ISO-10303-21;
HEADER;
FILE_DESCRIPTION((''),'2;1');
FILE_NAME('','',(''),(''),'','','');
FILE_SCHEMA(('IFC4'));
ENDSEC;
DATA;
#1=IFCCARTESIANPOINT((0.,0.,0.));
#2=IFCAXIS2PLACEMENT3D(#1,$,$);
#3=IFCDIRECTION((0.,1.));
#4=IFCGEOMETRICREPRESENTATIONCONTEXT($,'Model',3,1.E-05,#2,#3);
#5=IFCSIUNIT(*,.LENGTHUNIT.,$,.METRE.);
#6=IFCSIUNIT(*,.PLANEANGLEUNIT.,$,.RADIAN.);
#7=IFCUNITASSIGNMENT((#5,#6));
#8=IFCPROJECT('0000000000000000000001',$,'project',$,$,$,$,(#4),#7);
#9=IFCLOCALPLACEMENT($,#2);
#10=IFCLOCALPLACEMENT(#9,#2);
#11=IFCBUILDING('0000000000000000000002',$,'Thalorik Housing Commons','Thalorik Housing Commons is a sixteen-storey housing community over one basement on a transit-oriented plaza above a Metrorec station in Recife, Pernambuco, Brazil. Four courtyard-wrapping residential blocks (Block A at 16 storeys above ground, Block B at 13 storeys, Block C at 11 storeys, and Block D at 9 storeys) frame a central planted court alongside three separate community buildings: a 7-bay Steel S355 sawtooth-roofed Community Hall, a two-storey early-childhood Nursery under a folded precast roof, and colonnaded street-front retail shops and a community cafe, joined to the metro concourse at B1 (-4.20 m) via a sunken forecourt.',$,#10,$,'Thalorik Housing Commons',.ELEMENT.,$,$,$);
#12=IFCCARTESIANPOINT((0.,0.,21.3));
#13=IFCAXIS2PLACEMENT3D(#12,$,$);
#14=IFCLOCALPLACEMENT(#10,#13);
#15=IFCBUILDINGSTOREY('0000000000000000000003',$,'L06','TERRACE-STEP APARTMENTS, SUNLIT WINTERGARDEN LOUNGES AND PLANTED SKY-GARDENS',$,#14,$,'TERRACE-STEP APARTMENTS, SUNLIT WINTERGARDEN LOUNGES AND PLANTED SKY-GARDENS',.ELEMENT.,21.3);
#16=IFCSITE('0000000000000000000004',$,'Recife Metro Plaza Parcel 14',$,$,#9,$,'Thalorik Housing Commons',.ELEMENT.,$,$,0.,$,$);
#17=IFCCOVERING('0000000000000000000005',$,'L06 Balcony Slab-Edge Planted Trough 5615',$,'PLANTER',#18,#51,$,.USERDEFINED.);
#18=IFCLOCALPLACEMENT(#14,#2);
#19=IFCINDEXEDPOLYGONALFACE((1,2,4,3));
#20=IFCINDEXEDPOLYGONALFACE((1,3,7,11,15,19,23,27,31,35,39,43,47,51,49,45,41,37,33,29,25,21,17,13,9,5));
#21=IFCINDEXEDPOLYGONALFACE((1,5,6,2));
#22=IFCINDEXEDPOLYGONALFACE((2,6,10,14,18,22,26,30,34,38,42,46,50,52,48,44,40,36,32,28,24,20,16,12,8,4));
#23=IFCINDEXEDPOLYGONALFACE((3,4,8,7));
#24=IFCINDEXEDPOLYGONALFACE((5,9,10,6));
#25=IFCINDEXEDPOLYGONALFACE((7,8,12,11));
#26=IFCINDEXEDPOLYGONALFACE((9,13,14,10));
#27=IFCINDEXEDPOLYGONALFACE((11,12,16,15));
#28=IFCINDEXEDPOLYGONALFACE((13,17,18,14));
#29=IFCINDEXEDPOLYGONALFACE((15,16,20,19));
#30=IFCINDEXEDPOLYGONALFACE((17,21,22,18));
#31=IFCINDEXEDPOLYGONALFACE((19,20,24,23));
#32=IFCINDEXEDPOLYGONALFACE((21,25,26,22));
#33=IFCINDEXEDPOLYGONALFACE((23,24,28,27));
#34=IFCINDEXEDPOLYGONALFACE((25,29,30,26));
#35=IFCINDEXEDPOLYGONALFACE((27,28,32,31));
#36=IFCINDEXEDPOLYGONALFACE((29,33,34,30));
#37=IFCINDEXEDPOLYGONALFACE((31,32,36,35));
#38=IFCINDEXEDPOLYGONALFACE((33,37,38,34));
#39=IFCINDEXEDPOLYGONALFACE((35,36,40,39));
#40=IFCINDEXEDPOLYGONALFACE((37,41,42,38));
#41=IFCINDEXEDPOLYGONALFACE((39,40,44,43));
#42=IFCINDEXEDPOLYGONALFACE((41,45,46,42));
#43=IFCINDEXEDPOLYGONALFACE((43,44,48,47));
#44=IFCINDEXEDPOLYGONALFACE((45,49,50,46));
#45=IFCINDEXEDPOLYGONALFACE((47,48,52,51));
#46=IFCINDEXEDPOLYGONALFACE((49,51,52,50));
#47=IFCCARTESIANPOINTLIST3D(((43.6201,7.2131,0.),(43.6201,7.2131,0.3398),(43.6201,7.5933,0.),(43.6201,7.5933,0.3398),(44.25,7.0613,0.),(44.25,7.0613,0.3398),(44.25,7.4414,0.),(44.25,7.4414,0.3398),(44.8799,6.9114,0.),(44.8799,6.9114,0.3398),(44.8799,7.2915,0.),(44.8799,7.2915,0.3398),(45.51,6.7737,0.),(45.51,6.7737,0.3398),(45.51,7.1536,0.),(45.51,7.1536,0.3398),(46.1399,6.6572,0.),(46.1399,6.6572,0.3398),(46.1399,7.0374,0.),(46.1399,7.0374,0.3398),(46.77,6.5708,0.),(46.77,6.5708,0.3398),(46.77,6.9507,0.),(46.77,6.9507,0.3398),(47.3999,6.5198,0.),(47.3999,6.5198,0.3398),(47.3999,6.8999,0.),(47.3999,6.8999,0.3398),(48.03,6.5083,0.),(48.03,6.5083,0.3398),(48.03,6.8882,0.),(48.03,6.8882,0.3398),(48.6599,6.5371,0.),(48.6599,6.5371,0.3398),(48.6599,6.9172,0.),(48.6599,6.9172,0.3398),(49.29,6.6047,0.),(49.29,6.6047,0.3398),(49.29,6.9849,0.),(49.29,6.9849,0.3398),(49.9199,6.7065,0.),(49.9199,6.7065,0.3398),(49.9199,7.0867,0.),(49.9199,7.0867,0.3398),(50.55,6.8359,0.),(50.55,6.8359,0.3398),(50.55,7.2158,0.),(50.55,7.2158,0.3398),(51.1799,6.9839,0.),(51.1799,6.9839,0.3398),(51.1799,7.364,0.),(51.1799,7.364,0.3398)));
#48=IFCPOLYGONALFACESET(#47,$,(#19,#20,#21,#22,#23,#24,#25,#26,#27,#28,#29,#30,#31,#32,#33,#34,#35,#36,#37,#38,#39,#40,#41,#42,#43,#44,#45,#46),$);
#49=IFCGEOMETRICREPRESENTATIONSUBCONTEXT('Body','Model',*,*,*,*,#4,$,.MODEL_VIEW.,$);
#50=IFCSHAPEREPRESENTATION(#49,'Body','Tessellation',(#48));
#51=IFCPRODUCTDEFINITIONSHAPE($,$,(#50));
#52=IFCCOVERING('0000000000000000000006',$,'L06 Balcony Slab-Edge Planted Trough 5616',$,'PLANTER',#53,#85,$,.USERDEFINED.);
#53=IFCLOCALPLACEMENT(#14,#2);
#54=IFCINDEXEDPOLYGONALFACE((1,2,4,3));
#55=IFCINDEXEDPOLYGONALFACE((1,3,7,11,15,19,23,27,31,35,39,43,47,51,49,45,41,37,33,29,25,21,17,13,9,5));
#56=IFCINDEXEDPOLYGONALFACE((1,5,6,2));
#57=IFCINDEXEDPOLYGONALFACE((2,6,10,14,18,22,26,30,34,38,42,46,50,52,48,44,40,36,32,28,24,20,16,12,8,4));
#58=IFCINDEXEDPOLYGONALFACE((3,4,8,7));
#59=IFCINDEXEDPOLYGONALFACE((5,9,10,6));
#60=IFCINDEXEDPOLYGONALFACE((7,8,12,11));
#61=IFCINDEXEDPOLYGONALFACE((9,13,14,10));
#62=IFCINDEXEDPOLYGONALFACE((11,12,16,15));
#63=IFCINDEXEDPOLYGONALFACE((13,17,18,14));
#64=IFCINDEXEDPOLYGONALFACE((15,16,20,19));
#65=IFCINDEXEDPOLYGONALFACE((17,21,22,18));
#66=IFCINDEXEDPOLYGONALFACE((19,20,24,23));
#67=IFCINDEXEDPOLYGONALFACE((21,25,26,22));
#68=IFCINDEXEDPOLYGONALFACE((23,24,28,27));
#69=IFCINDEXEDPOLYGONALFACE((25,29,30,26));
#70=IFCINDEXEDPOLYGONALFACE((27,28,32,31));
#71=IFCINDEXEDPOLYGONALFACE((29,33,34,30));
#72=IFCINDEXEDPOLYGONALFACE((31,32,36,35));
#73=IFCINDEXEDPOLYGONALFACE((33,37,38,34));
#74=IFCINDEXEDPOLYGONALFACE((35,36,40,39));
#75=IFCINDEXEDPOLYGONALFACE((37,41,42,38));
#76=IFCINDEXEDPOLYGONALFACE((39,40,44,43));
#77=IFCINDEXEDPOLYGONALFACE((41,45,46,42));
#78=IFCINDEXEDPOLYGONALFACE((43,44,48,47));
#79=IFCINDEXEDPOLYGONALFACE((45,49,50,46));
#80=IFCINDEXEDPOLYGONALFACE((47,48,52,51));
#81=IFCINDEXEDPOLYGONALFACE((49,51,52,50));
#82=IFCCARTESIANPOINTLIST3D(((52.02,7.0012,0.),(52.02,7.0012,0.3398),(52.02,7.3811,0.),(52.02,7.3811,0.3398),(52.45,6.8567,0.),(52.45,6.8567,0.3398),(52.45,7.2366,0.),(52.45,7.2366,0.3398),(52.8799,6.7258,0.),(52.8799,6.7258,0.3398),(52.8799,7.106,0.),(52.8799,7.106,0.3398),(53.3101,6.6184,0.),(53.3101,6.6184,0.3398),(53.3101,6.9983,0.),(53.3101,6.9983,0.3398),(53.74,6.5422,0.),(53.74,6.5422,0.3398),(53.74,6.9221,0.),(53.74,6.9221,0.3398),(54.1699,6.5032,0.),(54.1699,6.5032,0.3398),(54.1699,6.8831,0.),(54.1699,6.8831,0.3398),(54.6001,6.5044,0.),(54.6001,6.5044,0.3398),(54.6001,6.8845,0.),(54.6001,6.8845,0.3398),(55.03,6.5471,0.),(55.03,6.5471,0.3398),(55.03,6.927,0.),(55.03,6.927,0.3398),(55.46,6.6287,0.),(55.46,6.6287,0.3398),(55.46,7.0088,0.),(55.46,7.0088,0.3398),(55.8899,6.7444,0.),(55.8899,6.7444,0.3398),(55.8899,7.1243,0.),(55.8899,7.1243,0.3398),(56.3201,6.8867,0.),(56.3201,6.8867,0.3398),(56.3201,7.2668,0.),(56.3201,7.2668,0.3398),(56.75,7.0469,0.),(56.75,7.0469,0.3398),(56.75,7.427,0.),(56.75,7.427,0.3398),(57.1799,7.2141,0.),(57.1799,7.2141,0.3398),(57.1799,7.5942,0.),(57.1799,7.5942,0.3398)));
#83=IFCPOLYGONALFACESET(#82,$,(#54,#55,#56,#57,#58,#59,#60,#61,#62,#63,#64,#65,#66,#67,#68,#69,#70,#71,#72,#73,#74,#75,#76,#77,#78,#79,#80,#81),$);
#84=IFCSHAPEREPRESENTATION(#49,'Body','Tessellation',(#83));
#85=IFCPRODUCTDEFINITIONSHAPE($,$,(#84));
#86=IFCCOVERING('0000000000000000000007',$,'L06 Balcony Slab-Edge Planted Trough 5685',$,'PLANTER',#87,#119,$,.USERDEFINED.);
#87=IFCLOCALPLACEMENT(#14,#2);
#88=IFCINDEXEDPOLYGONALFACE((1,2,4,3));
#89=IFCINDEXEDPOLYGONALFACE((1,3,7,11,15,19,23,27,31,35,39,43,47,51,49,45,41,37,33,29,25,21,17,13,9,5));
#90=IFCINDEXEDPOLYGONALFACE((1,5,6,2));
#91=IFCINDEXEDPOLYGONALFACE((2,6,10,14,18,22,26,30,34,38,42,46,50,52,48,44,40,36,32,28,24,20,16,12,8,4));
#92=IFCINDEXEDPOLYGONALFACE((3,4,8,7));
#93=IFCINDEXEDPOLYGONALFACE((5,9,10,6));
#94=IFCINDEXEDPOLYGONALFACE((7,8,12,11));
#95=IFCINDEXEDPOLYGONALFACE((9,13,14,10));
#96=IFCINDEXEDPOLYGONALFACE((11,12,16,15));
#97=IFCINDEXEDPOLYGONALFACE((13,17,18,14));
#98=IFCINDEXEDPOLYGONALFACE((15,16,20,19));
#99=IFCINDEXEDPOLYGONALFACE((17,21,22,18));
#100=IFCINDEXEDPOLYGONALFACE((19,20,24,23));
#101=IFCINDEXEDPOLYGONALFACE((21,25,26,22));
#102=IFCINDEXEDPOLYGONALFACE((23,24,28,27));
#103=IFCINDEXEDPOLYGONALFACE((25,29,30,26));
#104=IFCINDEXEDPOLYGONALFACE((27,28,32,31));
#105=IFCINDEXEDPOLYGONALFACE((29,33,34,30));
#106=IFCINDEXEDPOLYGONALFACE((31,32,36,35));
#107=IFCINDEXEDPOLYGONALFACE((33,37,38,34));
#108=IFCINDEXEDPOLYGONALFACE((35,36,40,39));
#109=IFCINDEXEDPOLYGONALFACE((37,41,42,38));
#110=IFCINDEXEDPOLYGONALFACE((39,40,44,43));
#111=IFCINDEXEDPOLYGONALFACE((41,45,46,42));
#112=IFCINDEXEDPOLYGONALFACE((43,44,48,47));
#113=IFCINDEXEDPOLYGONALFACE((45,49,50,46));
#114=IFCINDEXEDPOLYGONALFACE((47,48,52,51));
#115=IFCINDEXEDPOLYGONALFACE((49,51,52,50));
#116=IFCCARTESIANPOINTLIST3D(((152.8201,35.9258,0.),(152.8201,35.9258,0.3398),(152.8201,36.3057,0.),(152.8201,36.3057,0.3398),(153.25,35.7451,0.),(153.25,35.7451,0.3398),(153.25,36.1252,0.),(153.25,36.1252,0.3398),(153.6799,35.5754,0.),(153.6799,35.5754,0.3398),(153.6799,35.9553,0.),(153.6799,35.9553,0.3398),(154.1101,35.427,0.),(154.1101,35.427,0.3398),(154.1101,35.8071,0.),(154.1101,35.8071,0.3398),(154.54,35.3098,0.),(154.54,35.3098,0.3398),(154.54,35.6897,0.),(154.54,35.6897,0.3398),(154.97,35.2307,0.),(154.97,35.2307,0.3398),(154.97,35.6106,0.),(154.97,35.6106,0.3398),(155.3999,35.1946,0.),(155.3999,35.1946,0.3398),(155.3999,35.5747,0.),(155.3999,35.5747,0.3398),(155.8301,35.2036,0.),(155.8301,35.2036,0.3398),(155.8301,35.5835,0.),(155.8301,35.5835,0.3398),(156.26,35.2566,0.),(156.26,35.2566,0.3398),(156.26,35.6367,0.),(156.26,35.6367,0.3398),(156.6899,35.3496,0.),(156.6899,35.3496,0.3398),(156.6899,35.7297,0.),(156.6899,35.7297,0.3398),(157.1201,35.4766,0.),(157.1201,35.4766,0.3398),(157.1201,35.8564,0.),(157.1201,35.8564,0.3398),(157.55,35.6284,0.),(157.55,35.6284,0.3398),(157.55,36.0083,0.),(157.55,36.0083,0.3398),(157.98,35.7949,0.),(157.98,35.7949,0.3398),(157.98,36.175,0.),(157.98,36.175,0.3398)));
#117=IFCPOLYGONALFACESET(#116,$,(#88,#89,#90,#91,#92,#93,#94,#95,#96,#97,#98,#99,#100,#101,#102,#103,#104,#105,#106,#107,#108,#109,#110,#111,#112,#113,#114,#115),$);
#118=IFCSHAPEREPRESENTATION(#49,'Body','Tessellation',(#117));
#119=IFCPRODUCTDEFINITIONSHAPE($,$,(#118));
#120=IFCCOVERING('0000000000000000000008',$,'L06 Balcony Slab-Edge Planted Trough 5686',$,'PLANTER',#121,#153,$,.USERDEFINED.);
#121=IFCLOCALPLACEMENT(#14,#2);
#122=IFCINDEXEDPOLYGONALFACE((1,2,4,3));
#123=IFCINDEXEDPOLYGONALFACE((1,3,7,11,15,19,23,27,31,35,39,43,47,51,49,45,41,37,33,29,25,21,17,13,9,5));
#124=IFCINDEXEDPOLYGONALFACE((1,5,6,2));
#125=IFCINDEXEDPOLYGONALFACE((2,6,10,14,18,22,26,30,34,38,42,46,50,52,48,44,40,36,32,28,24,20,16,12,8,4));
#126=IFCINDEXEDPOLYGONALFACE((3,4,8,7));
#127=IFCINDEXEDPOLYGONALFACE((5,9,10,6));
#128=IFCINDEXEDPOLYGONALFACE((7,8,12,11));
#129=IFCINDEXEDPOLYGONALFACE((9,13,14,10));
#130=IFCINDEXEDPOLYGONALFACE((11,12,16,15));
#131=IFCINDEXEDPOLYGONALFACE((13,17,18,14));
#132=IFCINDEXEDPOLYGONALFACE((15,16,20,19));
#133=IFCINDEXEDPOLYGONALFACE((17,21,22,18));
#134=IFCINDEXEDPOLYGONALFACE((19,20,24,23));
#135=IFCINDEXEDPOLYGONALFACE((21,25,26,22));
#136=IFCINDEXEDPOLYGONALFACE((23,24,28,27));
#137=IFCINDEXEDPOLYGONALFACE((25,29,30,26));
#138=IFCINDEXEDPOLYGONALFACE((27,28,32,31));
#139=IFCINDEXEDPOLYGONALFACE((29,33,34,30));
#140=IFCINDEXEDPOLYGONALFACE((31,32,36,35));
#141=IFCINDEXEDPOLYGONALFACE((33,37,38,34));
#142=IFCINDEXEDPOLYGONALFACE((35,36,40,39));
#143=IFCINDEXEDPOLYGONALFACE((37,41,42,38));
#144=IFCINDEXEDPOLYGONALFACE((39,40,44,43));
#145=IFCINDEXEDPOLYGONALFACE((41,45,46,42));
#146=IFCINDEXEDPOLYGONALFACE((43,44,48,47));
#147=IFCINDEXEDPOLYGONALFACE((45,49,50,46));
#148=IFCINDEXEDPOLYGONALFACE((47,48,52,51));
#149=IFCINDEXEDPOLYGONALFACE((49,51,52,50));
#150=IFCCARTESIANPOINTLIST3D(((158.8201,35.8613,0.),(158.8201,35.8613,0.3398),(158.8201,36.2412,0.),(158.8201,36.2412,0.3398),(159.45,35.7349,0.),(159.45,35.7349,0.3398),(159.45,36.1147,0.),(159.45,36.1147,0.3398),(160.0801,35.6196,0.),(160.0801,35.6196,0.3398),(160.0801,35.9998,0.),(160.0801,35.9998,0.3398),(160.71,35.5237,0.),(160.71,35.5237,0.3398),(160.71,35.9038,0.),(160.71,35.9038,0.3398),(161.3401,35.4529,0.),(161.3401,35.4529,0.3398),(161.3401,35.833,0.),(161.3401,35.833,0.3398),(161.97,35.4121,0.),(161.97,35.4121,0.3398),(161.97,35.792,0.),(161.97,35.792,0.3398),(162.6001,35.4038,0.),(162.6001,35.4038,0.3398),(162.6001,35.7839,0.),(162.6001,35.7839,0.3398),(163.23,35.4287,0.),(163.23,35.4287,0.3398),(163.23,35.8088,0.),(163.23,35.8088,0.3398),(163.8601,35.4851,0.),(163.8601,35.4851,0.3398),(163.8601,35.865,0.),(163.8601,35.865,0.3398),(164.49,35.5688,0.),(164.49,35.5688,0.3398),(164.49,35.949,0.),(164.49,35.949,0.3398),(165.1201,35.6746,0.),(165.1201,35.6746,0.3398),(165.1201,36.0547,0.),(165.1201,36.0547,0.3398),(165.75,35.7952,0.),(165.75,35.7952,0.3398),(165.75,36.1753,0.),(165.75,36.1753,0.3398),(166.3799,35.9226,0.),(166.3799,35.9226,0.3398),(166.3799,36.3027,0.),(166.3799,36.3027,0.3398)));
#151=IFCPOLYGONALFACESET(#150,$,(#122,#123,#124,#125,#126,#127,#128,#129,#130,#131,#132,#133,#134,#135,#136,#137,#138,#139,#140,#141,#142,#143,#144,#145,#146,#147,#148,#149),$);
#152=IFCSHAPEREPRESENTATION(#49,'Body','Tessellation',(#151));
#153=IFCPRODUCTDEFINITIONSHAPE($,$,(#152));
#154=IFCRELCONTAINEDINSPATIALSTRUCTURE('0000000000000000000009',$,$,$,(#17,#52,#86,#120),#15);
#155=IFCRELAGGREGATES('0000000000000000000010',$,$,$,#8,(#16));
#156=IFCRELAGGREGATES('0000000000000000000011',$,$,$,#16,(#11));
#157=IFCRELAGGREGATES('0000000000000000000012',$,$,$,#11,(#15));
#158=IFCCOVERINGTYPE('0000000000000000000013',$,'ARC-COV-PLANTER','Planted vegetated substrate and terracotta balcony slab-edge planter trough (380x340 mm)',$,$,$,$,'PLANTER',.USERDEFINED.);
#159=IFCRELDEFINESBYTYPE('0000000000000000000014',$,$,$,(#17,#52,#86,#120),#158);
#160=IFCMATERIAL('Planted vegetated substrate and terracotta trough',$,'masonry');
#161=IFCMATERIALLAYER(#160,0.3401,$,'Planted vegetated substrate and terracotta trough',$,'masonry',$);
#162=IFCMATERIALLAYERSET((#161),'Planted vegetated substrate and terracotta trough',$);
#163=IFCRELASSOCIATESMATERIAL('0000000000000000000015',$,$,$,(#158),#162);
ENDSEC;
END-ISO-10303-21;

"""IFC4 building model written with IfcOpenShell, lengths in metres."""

from ifc_helpers import new_model, si_unit, direction, frame, origin, place, context, subcontext, project, spatial, polyline, outline, extrude, material, layer, layer_set, type_object, element, save


model = new_model("IFC4")

# Units and contexts
model_context = context("Model", 3, precision=1e-05, world=origin(), true_north=direction((0.0, 1.0)))
body_context = subcontext(model_context, "Body", "Model", "MODEL_VIEW")
ifc_project = project(units=[si_unit("LENGTHUNIT", "METRE"), si_unit("PLANEANGLEUNIT", "RADIAN")], contexts=[model_context])

# Site, building, storey
site_placement = place(None, origin())
site = spatial("IfcSite", under=ifc_project, at=site_placement, Name="Recife Metro Plaza Parcel 14", LongName="Thalorik Housing Commons", CompositionType="ELEMENT", RefElevation=0.0)
building_placement = place(site_placement, origin())
building = spatial("IfcBuilding", under=site, at=building_placement, Name="Thalorik Housing Commons", Description="Thalorik Housing Commons is a sixteen-storey housing community over one basement on a transit-oriented plaza above a Metrorec station in Recife, Pernambuco, Brazil. Four courtyard-wrapping residential blocks (Block A at 16 storeys above ground, Block B at 13 storeys, Block C at 11 storeys, and Block D at 9 storeys) frame a central planted court alongside three separate community buildings: a 7-bay Steel S355 sawtooth-roofed Community Hall, a two-storey early-childhood Nursery under a folded precast roof, and colonnaded street-front retail shops and a community cafe, joined to the metro concourse at B1 (-4.20 m) via a sunken forecourt.", LongName="Thalorik Housing Commons", CompositionType="ELEMENT")
storey_placement = place(building_placement, frame((0.0, 0.0, 21.3)))
storey = spatial("IfcBuildingStorey", under=building, at=storey_placement, Name="L06", Description="TERRACE-STEP APARTMENTS, SUNLIT WINTERGARDEN LOUNGES AND PLANTED SKY-GARDENS", LongName="TERRACE-STEP APARTMENTS, SUNLIT WINTERGARDEN LOUNGES AND PLANTED SKY-GARDENS", CompositionType="ELEMENT", Elevation=21.3)

# Coverings
ifc_material_1 = material(Name="Planted vegetated substrate and terracotta trough", Category="masonry")
ifc_layer_1 = layer(ifc_material_1, 0.3401, Name="Planted vegetated substrate and terracotta trough", Category="masonry")
ifc_layer_set_1 = layer_set([ifc_layer_1], Name="Planted vegetated substrate and terracotta trough")
covering_type_1 = type_object("IfcCoveringType", Name="ARC-COV-PLANTER", Description="Planted vegetated substrate and terracotta balcony slab-edge planter trough (380x340 mm)", ElementType="PLANTER", PredefinedType="USERDEFINED", material=ifc_layer_set_1)
covering_1_placement = place(storey_placement, origin())
element("IfcCovering", 1, at=covering_1_placement, inside=storey, type_object=covering_type_1, Name="L06 Balcony Slab-Edge Planted Trough 5615", ObjectType="PLANTER", PredefinedType="USERDEFINED", context=body_context, shape_type="SweptSolid", body=[
    extrude(outline(polyline([(43.6201, 7.2131), (44.25, 7.0613), (44.8799, 6.9114), (45.51, 6.7737), (46.1399, 6.6572), (46.77, 6.5708), (47.3999, 6.5198), (48.03, 6.5083), (48.6599, 6.5371), (49.29, 6.6047), (49.9199, 6.7065), (50.55, 6.8359), (51.1799, 6.9839), (51.1799, 7.364), (50.55, 7.2158), (49.9199, 7.0867), (49.29, 6.9849), (48.6599, 6.9172), (48.03, 6.8882), (47.3999, 6.8999), (46.77, 6.9507), (46.1399, 7.0374), (45.51, 7.1536), (44.8799, 7.2915), (44.25, 7.4414), (43.6201, 7.5933), (43.6201, 7.2131)])), origin(), (0.0, 0.0, 1.0), 0.3398),
])
covering_2_placement = place(storey_placement, origin())
element("IfcCovering", 2, at=covering_2_placement, inside=storey, type_object=covering_type_1, Name="L06 Balcony Slab-Edge Planted Trough 5616", ObjectType="PLANTER", PredefinedType="USERDEFINED", context=body_context, shape_type="SweptSolid", body=[
    extrude(outline(polyline([(52.02, 7.0012), (52.45, 6.8567), (52.8799, 6.7258), (53.3101, 6.6184), (53.74, 6.5422), (54.1699, 6.5032), (54.6001, 6.5044), (55.03, 6.5471), (55.46, 6.6287), (55.8899, 6.7444), (56.3201, 6.8867), (56.75, 7.0469), (57.1799, 7.2141), (57.1799, 7.5942), (56.75, 7.427), (56.3201, 7.2668), (55.8899, 7.1243), (55.46, 7.0088), (55.03, 6.927), (54.6001, 6.8845), (54.1699, 6.8831), (53.74, 6.9221), (53.3101, 6.9983), (52.8799, 7.106), (52.45, 7.2366), (52.02, 7.3811), (52.02, 7.0012)])), origin(), (0.0, 0.0, 1.0), 0.3398),
])
covering_3_placement = place(storey_placement, origin())
element("IfcCovering", 3, at=covering_3_placement, inside=storey, type_object=covering_type_1, Name="L06 Balcony Slab-Edge Planted Trough 5685", ObjectType="PLANTER", PredefinedType="USERDEFINED", context=body_context, shape_type="SweptSolid", body=[
    extrude(outline(polyline([(152.8201, 35.9258), (153.25, 35.7451), (153.6799, 35.5754), (154.1101, 35.427), (154.54, 35.3098), (154.97, 35.2307), (155.3999, 35.1946), (155.8301, 35.2036), (156.26, 35.2566), (156.6899, 35.3496), (157.1201, 35.4766), (157.55, 35.6284), (157.98, 35.7949), (157.98, 36.175), (157.55, 36.0083), (157.1201, 35.8564), (156.6899, 35.7297), (156.26, 35.6367), (155.8301, 35.5835), (155.3999, 35.5747), (154.97, 35.6106), (154.54, 35.6897), (154.1101, 35.8071), (153.6799, 35.9553), (153.25, 36.1252), (152.8201, 36.3057), (152.8201, 35.9258)])), origin(), (0.0, 0.0, 1.0), 0.3398),
])
covering_4_placement = place(storey_placement, origin())
element("IfcCovering", 4, at=covering_4_placement, inside=storey, type_object=covering_type_1, Name="L06 Balcony Slab-Edge Planted Trough 5686", ObjectType="PLANTER", PredefinedType="USERDEFINED", context=body_context, shape_type="SweptSolid", body=[
    extrude(outline(polyline([(158.8201, 35.8613), (159.45, 35.7349), (160.0801, 35.6196), (160.71, 35.5237), (161.3401, 35.4529), (161.97, 35.4121), (162.6001, 35.4038), (163.23, 35.4287), (163.8601, 35.4851), (164.49, 35.5688), (165.1201, 35.6746), (165.75, 35.7952), (166.3799, 35.9226), (166.3799, 36.3027), (165.75, 36.1753), (165.1201, 36.0547), (164.49, 35.949), (163.8601, 35.865), (163.23, 35.8088), (162.6001, 35.7839), (161.97, 35.792), (161.3401, 35.833), (160.71, 35.9038), (160.0801, 35.9998), (159.45, 36.1147), (158.8201, 36.2412), (158.8201, 35.8613)])), origin(), (0.0, 0.0, 1.0), 0.3398),
])

save(model, "model.ifc")
